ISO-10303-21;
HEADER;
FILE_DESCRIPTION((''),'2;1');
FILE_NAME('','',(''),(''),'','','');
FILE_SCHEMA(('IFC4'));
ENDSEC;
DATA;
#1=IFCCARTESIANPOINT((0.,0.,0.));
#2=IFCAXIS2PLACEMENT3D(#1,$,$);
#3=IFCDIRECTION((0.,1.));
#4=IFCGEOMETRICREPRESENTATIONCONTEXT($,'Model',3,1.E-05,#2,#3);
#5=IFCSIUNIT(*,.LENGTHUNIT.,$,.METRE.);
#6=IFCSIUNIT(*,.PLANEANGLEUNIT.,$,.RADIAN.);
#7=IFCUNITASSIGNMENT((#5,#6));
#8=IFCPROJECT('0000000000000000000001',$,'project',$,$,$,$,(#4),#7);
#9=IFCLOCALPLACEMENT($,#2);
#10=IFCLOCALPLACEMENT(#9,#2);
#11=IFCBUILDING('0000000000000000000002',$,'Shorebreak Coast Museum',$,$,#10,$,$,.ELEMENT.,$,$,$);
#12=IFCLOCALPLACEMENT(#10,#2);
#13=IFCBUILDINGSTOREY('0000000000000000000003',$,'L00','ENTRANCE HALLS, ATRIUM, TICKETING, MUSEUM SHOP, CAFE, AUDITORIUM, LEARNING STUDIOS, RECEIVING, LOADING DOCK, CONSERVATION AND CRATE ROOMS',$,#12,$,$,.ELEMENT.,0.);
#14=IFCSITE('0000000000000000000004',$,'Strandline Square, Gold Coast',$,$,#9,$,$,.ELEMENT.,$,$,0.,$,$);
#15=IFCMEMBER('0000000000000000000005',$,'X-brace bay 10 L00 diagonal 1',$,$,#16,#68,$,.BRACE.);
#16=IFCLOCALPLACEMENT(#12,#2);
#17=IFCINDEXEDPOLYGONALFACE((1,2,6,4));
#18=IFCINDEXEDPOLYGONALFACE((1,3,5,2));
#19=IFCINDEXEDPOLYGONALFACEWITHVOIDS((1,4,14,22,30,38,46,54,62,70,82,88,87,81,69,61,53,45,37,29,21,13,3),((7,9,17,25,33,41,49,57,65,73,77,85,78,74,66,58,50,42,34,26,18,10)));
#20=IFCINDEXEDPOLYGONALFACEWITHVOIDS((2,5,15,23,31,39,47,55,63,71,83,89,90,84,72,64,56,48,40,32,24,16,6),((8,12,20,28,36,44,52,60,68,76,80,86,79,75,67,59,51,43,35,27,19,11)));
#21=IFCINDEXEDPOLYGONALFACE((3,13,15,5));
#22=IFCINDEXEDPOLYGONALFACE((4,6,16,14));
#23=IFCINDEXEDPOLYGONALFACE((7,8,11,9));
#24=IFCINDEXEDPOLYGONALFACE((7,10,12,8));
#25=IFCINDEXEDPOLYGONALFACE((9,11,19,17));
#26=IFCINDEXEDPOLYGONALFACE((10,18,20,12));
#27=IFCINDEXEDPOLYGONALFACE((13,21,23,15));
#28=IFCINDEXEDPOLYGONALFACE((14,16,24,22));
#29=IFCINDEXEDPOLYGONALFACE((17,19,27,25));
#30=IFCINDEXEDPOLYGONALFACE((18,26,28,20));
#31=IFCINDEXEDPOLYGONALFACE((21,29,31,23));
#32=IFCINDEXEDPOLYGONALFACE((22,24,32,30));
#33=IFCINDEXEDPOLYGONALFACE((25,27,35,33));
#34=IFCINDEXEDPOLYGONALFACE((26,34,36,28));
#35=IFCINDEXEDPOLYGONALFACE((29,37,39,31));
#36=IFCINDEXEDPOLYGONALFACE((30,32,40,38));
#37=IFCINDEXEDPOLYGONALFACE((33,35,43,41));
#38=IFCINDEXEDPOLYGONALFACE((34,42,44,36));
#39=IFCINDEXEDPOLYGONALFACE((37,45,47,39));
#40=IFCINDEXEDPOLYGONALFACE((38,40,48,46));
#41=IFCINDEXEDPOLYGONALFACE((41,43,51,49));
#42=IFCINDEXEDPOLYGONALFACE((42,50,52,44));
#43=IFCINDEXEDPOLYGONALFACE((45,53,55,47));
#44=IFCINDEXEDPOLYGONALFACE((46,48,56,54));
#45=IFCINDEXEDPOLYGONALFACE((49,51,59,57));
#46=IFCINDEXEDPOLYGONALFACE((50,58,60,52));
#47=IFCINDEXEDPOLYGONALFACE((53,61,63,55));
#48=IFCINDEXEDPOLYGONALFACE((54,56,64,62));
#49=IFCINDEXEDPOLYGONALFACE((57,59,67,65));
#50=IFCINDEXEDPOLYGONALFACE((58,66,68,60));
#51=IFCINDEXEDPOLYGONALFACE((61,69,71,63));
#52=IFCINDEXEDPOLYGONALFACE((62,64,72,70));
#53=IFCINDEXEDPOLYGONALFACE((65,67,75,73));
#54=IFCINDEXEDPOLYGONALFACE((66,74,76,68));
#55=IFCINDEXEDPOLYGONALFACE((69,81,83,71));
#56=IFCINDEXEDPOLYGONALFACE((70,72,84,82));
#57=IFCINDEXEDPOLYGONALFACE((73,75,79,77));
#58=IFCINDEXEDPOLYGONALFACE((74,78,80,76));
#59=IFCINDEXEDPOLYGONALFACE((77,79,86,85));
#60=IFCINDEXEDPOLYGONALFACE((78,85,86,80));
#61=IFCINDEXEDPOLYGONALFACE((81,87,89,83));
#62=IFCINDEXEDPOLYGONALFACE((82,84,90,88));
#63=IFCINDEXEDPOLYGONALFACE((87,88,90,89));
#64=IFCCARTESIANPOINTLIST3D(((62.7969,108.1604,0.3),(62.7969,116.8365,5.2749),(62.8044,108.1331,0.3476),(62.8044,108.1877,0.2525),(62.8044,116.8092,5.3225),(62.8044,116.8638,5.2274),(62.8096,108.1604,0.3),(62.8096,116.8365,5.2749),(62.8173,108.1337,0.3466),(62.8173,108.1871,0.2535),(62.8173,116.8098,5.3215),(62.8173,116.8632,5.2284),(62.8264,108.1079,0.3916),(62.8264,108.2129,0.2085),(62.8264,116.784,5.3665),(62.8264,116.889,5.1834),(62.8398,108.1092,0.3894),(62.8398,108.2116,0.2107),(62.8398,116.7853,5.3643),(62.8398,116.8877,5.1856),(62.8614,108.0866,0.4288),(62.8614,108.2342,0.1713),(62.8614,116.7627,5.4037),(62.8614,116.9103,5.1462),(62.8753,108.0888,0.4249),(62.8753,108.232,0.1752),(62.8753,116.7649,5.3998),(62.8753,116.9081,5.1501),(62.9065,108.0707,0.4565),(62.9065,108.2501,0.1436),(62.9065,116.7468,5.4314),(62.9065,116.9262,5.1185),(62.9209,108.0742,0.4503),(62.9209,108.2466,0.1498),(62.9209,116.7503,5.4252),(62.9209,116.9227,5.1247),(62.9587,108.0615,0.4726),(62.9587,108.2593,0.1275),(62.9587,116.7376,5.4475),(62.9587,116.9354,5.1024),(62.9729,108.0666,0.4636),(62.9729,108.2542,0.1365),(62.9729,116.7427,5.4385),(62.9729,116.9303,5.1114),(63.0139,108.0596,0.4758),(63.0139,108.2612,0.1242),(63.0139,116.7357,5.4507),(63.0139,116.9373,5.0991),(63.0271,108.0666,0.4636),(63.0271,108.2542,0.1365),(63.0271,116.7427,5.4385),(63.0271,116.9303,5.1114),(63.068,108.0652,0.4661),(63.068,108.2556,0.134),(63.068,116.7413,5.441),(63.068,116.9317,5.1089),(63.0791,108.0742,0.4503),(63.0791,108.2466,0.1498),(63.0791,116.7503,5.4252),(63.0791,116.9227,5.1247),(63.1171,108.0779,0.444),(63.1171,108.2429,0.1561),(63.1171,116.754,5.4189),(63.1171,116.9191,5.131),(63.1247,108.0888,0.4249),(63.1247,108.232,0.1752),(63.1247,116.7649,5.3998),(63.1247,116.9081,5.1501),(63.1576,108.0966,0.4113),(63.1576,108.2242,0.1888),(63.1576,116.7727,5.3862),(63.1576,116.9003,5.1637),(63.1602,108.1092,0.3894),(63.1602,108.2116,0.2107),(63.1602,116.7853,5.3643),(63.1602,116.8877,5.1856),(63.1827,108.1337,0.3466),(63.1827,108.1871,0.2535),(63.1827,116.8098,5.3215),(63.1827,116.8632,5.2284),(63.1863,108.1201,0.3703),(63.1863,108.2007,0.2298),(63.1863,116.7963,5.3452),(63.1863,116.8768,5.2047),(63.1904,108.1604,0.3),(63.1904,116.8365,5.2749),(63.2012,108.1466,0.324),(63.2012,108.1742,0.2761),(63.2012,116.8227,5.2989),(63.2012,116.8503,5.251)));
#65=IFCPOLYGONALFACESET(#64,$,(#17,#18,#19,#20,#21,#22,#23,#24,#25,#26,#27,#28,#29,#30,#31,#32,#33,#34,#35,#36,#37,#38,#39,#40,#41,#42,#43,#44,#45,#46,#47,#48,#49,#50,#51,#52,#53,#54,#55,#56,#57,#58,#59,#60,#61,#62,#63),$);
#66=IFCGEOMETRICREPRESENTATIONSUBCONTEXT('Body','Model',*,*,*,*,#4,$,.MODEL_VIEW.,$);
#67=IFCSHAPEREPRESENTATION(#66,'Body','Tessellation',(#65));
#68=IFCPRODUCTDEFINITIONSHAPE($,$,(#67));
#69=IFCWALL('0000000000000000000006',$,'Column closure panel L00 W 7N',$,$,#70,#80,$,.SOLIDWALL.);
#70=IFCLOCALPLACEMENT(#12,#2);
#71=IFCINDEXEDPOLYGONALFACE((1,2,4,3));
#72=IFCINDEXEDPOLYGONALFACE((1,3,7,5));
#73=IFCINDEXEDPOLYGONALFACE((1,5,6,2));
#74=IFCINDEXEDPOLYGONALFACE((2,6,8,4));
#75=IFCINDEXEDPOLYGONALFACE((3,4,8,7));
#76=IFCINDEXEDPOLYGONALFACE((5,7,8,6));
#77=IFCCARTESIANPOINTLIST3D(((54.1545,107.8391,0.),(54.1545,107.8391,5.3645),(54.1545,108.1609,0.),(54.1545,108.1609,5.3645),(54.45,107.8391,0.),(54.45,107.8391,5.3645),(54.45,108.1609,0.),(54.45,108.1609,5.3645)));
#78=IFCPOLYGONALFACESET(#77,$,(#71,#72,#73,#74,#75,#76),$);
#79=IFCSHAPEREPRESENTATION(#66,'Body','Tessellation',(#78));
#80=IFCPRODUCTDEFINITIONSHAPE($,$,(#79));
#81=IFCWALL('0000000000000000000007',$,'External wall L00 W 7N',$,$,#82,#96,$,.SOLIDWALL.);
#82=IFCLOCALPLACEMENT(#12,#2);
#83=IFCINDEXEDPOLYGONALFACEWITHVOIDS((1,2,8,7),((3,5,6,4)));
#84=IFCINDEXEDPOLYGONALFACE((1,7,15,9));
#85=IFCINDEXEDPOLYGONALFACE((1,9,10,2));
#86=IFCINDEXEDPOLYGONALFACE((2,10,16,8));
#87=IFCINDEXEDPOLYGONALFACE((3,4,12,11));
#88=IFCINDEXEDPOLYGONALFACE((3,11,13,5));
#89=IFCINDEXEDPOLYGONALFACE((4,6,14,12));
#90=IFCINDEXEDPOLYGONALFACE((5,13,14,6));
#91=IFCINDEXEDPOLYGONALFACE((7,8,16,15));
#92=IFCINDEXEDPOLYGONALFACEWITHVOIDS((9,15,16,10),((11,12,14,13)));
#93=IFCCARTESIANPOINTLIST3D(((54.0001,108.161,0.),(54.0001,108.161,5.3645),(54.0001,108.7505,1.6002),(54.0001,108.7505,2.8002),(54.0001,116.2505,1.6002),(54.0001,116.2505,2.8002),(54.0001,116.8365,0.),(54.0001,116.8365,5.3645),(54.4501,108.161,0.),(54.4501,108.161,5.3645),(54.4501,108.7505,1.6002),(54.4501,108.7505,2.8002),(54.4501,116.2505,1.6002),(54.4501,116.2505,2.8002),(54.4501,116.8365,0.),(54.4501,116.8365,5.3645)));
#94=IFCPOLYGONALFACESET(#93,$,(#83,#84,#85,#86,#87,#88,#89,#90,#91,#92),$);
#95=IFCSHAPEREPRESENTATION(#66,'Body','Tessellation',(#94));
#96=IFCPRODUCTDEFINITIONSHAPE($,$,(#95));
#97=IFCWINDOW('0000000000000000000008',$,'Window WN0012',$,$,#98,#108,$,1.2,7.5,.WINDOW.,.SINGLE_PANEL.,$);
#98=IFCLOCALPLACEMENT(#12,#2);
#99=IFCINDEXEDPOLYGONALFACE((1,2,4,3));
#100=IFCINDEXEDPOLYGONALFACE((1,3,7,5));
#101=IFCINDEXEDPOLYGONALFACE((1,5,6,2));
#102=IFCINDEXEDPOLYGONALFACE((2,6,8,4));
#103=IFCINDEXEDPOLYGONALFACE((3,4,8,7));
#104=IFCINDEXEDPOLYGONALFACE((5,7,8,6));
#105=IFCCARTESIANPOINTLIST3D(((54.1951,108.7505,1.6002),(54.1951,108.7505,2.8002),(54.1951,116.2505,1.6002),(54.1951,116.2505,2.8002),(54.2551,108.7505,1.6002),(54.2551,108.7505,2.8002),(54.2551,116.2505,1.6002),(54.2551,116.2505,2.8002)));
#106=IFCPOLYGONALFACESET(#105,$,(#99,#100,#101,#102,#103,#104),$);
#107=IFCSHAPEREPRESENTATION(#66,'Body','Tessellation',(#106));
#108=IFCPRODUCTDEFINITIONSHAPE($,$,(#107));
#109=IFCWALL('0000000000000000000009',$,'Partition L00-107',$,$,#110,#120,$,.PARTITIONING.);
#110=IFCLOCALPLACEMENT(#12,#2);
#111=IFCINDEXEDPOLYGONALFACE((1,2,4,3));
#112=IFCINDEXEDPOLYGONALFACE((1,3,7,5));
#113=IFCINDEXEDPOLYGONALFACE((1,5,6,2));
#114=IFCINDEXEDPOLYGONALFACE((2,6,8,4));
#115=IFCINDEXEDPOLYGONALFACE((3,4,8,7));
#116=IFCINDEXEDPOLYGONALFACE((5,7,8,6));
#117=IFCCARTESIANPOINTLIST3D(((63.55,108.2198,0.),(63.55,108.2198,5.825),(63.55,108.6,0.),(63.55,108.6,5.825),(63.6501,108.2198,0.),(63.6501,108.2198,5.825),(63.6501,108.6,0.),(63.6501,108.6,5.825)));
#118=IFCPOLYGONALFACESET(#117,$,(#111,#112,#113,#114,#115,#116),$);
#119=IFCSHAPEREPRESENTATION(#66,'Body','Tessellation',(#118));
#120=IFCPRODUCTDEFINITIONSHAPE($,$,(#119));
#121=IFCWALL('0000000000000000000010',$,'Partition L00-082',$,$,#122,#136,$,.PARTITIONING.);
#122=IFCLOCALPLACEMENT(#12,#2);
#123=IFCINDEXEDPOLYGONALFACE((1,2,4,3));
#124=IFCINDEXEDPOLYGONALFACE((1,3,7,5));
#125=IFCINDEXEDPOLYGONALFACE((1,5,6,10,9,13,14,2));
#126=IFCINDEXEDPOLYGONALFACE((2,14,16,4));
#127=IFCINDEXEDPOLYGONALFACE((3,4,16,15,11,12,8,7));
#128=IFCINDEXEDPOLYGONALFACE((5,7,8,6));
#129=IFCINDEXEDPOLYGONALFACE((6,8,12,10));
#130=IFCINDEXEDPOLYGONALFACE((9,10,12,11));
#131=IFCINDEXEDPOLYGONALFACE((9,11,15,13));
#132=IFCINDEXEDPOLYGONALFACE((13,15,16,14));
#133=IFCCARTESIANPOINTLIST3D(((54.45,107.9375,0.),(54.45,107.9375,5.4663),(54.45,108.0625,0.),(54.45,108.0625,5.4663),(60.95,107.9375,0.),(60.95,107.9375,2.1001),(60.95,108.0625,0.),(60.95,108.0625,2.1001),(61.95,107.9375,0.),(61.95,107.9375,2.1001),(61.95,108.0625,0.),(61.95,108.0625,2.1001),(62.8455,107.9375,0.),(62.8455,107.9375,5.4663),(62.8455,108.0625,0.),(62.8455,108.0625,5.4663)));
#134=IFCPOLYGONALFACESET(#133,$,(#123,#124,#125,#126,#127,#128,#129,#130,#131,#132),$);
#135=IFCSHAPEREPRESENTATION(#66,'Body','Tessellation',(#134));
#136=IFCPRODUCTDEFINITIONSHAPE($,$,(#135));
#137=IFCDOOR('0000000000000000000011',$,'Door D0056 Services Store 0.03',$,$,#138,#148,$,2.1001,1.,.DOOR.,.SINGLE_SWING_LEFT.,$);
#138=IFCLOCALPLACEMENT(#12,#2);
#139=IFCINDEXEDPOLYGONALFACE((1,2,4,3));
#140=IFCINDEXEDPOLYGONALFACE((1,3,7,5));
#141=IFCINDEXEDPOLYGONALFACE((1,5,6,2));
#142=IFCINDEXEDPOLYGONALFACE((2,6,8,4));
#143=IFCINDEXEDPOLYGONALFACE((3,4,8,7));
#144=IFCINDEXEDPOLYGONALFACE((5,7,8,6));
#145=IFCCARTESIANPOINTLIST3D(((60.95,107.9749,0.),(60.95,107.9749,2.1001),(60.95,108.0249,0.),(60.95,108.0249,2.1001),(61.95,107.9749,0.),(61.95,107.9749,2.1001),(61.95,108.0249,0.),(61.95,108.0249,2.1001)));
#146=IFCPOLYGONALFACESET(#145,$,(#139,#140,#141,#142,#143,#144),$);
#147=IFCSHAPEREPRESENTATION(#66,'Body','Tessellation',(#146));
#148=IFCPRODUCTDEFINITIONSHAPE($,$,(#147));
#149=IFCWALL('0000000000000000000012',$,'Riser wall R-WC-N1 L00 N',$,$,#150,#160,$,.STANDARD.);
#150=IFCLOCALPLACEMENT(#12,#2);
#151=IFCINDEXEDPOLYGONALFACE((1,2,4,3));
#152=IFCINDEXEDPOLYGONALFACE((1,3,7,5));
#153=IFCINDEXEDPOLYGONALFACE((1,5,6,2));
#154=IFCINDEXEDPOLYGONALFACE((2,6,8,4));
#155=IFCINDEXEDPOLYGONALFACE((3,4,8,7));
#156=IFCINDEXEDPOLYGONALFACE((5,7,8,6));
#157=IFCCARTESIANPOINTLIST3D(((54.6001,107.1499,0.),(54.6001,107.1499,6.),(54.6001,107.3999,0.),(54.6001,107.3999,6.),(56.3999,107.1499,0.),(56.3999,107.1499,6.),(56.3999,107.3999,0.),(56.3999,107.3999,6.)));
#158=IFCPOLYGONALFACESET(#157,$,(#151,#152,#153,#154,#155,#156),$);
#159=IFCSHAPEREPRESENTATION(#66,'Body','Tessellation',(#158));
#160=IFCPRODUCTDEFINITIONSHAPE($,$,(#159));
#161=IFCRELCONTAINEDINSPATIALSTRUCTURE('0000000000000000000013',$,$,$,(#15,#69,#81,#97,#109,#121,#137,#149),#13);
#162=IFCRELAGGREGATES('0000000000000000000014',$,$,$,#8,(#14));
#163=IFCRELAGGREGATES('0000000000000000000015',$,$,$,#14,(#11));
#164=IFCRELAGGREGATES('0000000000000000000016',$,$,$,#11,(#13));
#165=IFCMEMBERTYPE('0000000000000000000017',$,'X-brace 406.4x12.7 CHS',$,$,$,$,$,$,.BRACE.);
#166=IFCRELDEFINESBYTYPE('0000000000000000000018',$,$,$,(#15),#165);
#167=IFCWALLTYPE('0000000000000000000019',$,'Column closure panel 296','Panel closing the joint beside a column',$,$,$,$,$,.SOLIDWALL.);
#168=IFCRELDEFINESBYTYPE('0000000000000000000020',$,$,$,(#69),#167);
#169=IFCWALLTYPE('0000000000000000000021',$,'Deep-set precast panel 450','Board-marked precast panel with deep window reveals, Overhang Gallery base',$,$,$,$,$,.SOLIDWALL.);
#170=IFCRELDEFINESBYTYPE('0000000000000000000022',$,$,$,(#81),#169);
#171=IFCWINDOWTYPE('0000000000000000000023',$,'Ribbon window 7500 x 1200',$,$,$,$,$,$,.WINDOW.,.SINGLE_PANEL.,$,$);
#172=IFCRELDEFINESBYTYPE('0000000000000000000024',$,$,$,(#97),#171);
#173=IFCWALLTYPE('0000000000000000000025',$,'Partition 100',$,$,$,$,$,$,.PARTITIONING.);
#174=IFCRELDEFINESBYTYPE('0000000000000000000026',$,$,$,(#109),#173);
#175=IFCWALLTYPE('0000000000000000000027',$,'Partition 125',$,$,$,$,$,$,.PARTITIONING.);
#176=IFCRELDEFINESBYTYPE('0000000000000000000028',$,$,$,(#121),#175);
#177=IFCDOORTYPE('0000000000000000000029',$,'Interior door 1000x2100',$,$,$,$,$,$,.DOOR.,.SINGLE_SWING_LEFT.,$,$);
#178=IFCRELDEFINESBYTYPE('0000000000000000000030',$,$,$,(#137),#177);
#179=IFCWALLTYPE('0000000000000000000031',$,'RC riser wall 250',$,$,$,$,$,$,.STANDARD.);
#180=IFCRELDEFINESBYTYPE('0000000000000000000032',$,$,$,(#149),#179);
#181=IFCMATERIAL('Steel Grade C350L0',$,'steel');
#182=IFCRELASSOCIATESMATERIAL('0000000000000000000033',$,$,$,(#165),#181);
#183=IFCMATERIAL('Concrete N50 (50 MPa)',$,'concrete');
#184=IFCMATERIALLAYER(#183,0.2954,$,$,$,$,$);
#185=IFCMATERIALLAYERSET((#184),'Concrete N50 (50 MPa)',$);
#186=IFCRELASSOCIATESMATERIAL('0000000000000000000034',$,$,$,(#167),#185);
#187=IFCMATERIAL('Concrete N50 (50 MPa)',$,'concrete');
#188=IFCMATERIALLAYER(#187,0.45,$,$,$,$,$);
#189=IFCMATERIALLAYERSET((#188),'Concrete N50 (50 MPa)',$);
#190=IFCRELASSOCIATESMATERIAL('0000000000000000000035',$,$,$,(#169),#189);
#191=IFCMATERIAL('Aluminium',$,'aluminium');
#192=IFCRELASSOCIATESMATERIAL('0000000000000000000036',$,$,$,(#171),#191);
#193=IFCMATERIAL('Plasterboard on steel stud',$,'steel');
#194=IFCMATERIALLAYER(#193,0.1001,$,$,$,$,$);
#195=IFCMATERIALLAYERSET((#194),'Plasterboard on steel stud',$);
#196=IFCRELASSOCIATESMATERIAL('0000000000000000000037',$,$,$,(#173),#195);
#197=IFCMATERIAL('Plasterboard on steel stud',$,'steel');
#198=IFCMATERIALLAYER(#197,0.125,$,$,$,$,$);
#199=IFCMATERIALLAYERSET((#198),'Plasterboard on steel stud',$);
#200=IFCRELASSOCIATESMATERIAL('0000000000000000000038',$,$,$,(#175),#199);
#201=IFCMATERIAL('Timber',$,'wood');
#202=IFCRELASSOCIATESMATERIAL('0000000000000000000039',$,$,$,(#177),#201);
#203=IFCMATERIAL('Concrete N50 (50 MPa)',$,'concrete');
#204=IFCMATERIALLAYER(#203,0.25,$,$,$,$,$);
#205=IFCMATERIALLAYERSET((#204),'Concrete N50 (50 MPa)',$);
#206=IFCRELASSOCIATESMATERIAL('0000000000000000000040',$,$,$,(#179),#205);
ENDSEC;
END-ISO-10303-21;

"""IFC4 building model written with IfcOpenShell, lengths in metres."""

from ifc_helpers import new_model, si_unit, direction, frame, frame_2d, origin, origin_2d, place, context, subcontext, project, spatial, rectangle, hollow_circle, extrude, material, layer, layer_set, material_profile, profile_set, type_object, element, fill, save


model = new_model("IFC4")

# Units and contexts
model_context = context("Model", 3, precision=1e-05, world=origin(), true_north=direction((0.0, 1.0)))
body_context = subcontext(model_context, "Body", "Model", "MODEL_VIEW")
ifc_project = project(units=[si_unit("LENGTHUNIT", "METRE"), si_unit("PLANEANGLEUNIT", "RADIAN")], contexts=[model_context])

# Site, building, storey
site_placement = place(None, origin())
site = spatial("IfcSite", under=ifc_project, at=site_placement, Name="Strandline Square, Gold Coast", CompositionType="ELEMENT", RefElevation=0.0)
building_placement = place(site_placement, origin())
building = spatial("IfcBuilding", under=site, at=building_placement, Name="Shorebreak Coast Museum", CompositionType="ELEMENT")
storey_placement = place(building_placement, origin())
storey = spatial("IfcBuildingStorey", under=building, at=storey_placement, Name="L00", Description="ENTRANCE HALLS, ATRIUM, TICKETING, MUSEUM SHOP, CAFE, AUDITORIUM, LEARNING STUDIOS, RECEIVING, LOADING DOCK, CONSERVATION AND CRATE ROOMS", CompositionType="ELEMENT", Elevation=0.0)

# Member
ifc_material_1 = material(Name="Steel Grade C350L0", Category="steel")
ifc_material_profile_1 = material_profile(ifc_material_1, hollow_circle(Radius=0.2031, WallThickness=0.0127, at=origin_2d()), Name="406.4x12.7 CHS")
ifc_profile_set_1 = profile_set([ifc_material_profile_1], Name="Steel Grade C350L0")
member_type = type_object("IfcMemberType", Name="X-brace 406.4x12.7 CHS", PredefinedType="BRACE", material=ifc_profile_set_1)
member_1_placement = place(storey_placement, frame((63.0, 108.1604, 0.3), z_axis=(0.0, 0.867505, 0.497429), x_axis=(-1.0, 0.0, 0.0)))
element("IfcMember", 1, at=member_1_placement, inside=storey, type_object=member_type, Name="X-brace bay 10 L00 diagonal 1", PredefinedType="BRACE", context=body_context, shape_type="SweptSolid", body=[
    extrude(hollow_circle(Radius=0.2031, WallThickness=0.0127, at=origin_2d()), origin(), (0.0, 0.0, 1.0), 10.0012),
])

# Wall
ifc_material_2 = material(Name="Concrete N50 (50 MPa)", Category="concrete")
ifc_layer_1 = layer(ifc_material_2, 0.2954)
ifc_layer_set_1 = layer_set([ifc_layer_1], Name="Concrete N50 (50 MPa)")
wall_type_1 = type_object("IfcWallType", Name="Column closure panel 296", Description="Panel closing the joint beside a column", PredefinedType="SOLIDWALL", material=ifc_layer_set_1)
wall_1_placement = place(storey_placement, frame((54.3022, 107.8391, 0.0), z_axis=(0.0, 0.0, 1.0), x_axis=(0.0, 1.0, 0.0)))
element("IfcWall", 2, at=wall_1_placement, inside=storey, type_object=wall_type_1, Name="Column closure panel L00 W 7N", PredefinedType="SOLIDWALL", context=body_context, shape_type="SweptSolid", body=[
    extrude(rectangle(XDim=0.3218, YDim=0.2954, at=frame_2d((0.1609, 0.0))), origin(), (0.0, 0.0, 1.0), 5.3645),
])

# Wall, opening, window
ifc_material_3 = material(Name="Concrete N50 (50 MPa)", Category="concrete")
ifc_layer_2 = layer(ifc_material_3, 0.45)
ifc_layer_set_2 = layer_set([ifc_layer_2], Name="Concrete N50 (50 MPa)")
wall_type_2 = type_object("IfcWallType", Name="Deep-set precast panel 450", Description="Board-marked precast panel with deep window reveals, Overhang Gallery base", PredefinedType="SOLIDWALL", material=ifc_layer_set_2)
wall_2_placement = place(storey_placement, frame((54.2251, 108.1609, 0.0), z_axis=(0.0, 0.0, 1.0), x_axis=(0.0, 1.0, 0.0)))
wall_2 = element("IfcWall", 3, at=wall_2_placement, inside=storey, type_object=wall_type_2, Name="External wall L00 W 7N", PredefinedType="SOLIDWALL", context=body_context, shape_type="SweptSolid", body=[
    extrude(rectangle(XDim=8.6755, YDim=0.45, at=frame_2d((4.3379, 0.0))), origin(), (0.0, 0.0, 1.0), 5.3645),
])
opening_1_placement = place(wall_2_placement, frame((0.5896, 0.0, 1.6001)))
opening_1 = element("IfcOpeningElement", 4, at=opening_1_placement, cuts=wall_2, PredefinedType="OPENING", context=body_context, shape_type="SweptSolid", body=[
    extrude(rectangle(XDim=7.5, YDim=1.2, at=frame_2d((3.75, 0.6001))), frame((0.0, 0.2349, 0.0), z_axis=(0.0, -1.0, 0.0), x_axis=(1.0, 0.0, 0.0)), (0.0, 0.0, 1.0), 0.47),
])
ifc_material_4 = material(Name="Aluminium", Category="aluminium")
window_type = type_object("IfcWindowType", Name="Ribbon window 7500 x 1200", PartitioningType="SINGLE_PANEL", PredefinedType="WINDOW", material=ifc_material_4)
window_placement = place(opening_1_placement, origin())
window = element("IfcWindow", 5, at=window_placement, inside=storey, type_object=window_type, Name="Window WN0012", OverallHeight=1.2, OverallWidth=7.5, PartitioningType="SINGLE_PANEL", PredefinedType="WINDOW", context=body_context, shape_type="SweptSolid", body=[
    extrude(rectangle(XDim=7.5, YDim=1.2, at=frame_2d((3.75, 0.6001))), frame((0.0, 0.03, 0.0), z_axis=(0.0, -1.0, 0.0), x_axis=(1.0, 0.0, 0.0)), (0.0, 0.0, 1.0), 0.0601),
])
fill(opening_1, window)

# Wall
ifc_material_5 = material(Name="Plasterboard on steel stud", Category="steel")
ifc_layer_3 = layer(ifc_material_5, 0.1001)
ifc_layer_set_3 = layer_set([ifc_layer_3], Name="Plasterboard on steel stud")
wall_type_3 = type_object("IfcWallType", Name="Partition 100", PredefinedType="PARTITIONING", material=ifc_layer_set_3)
wall_3_placement = place(storey_placement, frame((63.6001, 108.22, 0.0), z_axis=(0.0, 0.0, 1.0), x_axis=(0.0, 1.0, 0.0)))
element("IfcWall", 6, at=wall_3_placement, inside=storey, type_object=wall_type_3, Name="Partition L00-107", PredefinedType="PARTITIONING", context=body_context, shape_type="SweptSolid", body=[
    extrude(rectangle(XDim=0.3801, YDim=0.1001, at=frame_2d((0.1899, 0.0))), origin(), (0.0, 0.0, 1.0), 5.825),
])

# Wall, opening, door
ifc_material_6 = material(Name="Plasterboard on steel stud", Category="steel")
ifc_layer_4 = layer(ifc_material_6, 0.125)
ifc_layer_set_4 = layer_set([ifc_layer_4], Name="Plasterboard on steel stud")
wall_type_4 = type_object("IfcWallType", Name="Partition 125", PredefinedType="PARTITIONING", material=ifc_layer_set_4)
wall_4_placement = place(storey_placement, frame((54.45, 108.0, 0.0), z_axis=(0.0, 0.0, 1.0), x_axis=(1.0, 0.0, 0.0)))
wall_4 = element("IfcWall", 7, at=wall_4_placement, inside=storey, type_object=wall_type_4, Name="Partition L00-082", PredefinedType="PARTITIONING", context=body_context, shape_type="SweptSolid", body=[
    extrude(rectangle(XDim=8.3955, YDim=0.125, at=frame_2d((4.1978, 0.0))), origin(), (0.0, 0.0, 1.0), 5.4663),
])
opening_2_placement = place(wall_4_placement, frame((6.5, 0.0, 0.0)))
opening_2 = element("IfcOpeningElement", 8, at=opening_2_placement, cuts=wall_4, PredefinedType="OPENING", context=body_context, shape_type="SweptSolid", body=[
    extrude(rectangle(XDim=1.0, YDim=2.1001, at=frame_2d((0.5, 1.05))), frame((0.0, 0.0725, 0.0), z_axis=(0.0, -1.0, 0.0), x_axis=(1.0, 0.0, 0.0)), (0.0, 0.0, 1.0), 0.145),
])
ifc_material_7 = material(Name="Timber", Category="wood")
door_type = type_object("IfcDoorType", Name="Interior door 1000x2100", OperationType="SINGLE_SWING_LEFT", PredefinedType="DOOR", material=ifc_material_7)
door_placement = place(opening_2_placement, origin())
door = element("IfcDoor", 9, at=door_placement, inside=storey, type_object=door_type, Name="Door D0056 Services Store 0.03", OperationType="SINGLE_SWING_LEFT", OverallHeight=2.1001, OverallWidth=1.0, PredefinedType="DOOR", context=body_context, shape_type="SweptSolid", body=[
    extrude(rectangle(XDim=1.0, YDim=2.1001, at=frame_2d((0.5, 1.05))), frame((0.0, 0.0249, 0.0), z_axis=(0.0, -1.0, 0.0), x_axis=(1.0, 0.0, 0.0)), (0.0, 0.0, 1.0), 0.05),
])
fill(opening_2, door)

# Wall
ifc_material_8 = material(Name="Concrete N50 (50 MPa)", Category="concrete")
ifc_layer_5 = layer(ifc_material_8, 0.25)
ifc_layer_set_5 = layer_set([ifc_layer_5], Name="Concrete N50 (50 MPa)")
wall_type_5 = type_object("IfcWallType", Name="RC riser wall 250", PredefinedType="STANDARD", material=ifc_layer_set_5)
wall_5_placement = place(storey_placement, frame((54.6001, 107.2749, 0.0), z_axis=(0.0, 0.0, 1.0), x_axis=(1.0, 0.0, 0.0)))
element("IfcWall", 10, at=wall_5_placement, inside=storey, type_object=wall_type_5, Name="Riser wall R-WC-N1 L00 N", PredefinedType="STANDARD", context=body_context, shape_type="SweptSolid", body=[
    extrude(rectangle(XDim=1.7998, YDim=0.25, at=frame_2d((0.8999, 0.0))), origin(), (0.0, 0.0, 1.0), 6.0),
])

save(model, "model.ifc")
